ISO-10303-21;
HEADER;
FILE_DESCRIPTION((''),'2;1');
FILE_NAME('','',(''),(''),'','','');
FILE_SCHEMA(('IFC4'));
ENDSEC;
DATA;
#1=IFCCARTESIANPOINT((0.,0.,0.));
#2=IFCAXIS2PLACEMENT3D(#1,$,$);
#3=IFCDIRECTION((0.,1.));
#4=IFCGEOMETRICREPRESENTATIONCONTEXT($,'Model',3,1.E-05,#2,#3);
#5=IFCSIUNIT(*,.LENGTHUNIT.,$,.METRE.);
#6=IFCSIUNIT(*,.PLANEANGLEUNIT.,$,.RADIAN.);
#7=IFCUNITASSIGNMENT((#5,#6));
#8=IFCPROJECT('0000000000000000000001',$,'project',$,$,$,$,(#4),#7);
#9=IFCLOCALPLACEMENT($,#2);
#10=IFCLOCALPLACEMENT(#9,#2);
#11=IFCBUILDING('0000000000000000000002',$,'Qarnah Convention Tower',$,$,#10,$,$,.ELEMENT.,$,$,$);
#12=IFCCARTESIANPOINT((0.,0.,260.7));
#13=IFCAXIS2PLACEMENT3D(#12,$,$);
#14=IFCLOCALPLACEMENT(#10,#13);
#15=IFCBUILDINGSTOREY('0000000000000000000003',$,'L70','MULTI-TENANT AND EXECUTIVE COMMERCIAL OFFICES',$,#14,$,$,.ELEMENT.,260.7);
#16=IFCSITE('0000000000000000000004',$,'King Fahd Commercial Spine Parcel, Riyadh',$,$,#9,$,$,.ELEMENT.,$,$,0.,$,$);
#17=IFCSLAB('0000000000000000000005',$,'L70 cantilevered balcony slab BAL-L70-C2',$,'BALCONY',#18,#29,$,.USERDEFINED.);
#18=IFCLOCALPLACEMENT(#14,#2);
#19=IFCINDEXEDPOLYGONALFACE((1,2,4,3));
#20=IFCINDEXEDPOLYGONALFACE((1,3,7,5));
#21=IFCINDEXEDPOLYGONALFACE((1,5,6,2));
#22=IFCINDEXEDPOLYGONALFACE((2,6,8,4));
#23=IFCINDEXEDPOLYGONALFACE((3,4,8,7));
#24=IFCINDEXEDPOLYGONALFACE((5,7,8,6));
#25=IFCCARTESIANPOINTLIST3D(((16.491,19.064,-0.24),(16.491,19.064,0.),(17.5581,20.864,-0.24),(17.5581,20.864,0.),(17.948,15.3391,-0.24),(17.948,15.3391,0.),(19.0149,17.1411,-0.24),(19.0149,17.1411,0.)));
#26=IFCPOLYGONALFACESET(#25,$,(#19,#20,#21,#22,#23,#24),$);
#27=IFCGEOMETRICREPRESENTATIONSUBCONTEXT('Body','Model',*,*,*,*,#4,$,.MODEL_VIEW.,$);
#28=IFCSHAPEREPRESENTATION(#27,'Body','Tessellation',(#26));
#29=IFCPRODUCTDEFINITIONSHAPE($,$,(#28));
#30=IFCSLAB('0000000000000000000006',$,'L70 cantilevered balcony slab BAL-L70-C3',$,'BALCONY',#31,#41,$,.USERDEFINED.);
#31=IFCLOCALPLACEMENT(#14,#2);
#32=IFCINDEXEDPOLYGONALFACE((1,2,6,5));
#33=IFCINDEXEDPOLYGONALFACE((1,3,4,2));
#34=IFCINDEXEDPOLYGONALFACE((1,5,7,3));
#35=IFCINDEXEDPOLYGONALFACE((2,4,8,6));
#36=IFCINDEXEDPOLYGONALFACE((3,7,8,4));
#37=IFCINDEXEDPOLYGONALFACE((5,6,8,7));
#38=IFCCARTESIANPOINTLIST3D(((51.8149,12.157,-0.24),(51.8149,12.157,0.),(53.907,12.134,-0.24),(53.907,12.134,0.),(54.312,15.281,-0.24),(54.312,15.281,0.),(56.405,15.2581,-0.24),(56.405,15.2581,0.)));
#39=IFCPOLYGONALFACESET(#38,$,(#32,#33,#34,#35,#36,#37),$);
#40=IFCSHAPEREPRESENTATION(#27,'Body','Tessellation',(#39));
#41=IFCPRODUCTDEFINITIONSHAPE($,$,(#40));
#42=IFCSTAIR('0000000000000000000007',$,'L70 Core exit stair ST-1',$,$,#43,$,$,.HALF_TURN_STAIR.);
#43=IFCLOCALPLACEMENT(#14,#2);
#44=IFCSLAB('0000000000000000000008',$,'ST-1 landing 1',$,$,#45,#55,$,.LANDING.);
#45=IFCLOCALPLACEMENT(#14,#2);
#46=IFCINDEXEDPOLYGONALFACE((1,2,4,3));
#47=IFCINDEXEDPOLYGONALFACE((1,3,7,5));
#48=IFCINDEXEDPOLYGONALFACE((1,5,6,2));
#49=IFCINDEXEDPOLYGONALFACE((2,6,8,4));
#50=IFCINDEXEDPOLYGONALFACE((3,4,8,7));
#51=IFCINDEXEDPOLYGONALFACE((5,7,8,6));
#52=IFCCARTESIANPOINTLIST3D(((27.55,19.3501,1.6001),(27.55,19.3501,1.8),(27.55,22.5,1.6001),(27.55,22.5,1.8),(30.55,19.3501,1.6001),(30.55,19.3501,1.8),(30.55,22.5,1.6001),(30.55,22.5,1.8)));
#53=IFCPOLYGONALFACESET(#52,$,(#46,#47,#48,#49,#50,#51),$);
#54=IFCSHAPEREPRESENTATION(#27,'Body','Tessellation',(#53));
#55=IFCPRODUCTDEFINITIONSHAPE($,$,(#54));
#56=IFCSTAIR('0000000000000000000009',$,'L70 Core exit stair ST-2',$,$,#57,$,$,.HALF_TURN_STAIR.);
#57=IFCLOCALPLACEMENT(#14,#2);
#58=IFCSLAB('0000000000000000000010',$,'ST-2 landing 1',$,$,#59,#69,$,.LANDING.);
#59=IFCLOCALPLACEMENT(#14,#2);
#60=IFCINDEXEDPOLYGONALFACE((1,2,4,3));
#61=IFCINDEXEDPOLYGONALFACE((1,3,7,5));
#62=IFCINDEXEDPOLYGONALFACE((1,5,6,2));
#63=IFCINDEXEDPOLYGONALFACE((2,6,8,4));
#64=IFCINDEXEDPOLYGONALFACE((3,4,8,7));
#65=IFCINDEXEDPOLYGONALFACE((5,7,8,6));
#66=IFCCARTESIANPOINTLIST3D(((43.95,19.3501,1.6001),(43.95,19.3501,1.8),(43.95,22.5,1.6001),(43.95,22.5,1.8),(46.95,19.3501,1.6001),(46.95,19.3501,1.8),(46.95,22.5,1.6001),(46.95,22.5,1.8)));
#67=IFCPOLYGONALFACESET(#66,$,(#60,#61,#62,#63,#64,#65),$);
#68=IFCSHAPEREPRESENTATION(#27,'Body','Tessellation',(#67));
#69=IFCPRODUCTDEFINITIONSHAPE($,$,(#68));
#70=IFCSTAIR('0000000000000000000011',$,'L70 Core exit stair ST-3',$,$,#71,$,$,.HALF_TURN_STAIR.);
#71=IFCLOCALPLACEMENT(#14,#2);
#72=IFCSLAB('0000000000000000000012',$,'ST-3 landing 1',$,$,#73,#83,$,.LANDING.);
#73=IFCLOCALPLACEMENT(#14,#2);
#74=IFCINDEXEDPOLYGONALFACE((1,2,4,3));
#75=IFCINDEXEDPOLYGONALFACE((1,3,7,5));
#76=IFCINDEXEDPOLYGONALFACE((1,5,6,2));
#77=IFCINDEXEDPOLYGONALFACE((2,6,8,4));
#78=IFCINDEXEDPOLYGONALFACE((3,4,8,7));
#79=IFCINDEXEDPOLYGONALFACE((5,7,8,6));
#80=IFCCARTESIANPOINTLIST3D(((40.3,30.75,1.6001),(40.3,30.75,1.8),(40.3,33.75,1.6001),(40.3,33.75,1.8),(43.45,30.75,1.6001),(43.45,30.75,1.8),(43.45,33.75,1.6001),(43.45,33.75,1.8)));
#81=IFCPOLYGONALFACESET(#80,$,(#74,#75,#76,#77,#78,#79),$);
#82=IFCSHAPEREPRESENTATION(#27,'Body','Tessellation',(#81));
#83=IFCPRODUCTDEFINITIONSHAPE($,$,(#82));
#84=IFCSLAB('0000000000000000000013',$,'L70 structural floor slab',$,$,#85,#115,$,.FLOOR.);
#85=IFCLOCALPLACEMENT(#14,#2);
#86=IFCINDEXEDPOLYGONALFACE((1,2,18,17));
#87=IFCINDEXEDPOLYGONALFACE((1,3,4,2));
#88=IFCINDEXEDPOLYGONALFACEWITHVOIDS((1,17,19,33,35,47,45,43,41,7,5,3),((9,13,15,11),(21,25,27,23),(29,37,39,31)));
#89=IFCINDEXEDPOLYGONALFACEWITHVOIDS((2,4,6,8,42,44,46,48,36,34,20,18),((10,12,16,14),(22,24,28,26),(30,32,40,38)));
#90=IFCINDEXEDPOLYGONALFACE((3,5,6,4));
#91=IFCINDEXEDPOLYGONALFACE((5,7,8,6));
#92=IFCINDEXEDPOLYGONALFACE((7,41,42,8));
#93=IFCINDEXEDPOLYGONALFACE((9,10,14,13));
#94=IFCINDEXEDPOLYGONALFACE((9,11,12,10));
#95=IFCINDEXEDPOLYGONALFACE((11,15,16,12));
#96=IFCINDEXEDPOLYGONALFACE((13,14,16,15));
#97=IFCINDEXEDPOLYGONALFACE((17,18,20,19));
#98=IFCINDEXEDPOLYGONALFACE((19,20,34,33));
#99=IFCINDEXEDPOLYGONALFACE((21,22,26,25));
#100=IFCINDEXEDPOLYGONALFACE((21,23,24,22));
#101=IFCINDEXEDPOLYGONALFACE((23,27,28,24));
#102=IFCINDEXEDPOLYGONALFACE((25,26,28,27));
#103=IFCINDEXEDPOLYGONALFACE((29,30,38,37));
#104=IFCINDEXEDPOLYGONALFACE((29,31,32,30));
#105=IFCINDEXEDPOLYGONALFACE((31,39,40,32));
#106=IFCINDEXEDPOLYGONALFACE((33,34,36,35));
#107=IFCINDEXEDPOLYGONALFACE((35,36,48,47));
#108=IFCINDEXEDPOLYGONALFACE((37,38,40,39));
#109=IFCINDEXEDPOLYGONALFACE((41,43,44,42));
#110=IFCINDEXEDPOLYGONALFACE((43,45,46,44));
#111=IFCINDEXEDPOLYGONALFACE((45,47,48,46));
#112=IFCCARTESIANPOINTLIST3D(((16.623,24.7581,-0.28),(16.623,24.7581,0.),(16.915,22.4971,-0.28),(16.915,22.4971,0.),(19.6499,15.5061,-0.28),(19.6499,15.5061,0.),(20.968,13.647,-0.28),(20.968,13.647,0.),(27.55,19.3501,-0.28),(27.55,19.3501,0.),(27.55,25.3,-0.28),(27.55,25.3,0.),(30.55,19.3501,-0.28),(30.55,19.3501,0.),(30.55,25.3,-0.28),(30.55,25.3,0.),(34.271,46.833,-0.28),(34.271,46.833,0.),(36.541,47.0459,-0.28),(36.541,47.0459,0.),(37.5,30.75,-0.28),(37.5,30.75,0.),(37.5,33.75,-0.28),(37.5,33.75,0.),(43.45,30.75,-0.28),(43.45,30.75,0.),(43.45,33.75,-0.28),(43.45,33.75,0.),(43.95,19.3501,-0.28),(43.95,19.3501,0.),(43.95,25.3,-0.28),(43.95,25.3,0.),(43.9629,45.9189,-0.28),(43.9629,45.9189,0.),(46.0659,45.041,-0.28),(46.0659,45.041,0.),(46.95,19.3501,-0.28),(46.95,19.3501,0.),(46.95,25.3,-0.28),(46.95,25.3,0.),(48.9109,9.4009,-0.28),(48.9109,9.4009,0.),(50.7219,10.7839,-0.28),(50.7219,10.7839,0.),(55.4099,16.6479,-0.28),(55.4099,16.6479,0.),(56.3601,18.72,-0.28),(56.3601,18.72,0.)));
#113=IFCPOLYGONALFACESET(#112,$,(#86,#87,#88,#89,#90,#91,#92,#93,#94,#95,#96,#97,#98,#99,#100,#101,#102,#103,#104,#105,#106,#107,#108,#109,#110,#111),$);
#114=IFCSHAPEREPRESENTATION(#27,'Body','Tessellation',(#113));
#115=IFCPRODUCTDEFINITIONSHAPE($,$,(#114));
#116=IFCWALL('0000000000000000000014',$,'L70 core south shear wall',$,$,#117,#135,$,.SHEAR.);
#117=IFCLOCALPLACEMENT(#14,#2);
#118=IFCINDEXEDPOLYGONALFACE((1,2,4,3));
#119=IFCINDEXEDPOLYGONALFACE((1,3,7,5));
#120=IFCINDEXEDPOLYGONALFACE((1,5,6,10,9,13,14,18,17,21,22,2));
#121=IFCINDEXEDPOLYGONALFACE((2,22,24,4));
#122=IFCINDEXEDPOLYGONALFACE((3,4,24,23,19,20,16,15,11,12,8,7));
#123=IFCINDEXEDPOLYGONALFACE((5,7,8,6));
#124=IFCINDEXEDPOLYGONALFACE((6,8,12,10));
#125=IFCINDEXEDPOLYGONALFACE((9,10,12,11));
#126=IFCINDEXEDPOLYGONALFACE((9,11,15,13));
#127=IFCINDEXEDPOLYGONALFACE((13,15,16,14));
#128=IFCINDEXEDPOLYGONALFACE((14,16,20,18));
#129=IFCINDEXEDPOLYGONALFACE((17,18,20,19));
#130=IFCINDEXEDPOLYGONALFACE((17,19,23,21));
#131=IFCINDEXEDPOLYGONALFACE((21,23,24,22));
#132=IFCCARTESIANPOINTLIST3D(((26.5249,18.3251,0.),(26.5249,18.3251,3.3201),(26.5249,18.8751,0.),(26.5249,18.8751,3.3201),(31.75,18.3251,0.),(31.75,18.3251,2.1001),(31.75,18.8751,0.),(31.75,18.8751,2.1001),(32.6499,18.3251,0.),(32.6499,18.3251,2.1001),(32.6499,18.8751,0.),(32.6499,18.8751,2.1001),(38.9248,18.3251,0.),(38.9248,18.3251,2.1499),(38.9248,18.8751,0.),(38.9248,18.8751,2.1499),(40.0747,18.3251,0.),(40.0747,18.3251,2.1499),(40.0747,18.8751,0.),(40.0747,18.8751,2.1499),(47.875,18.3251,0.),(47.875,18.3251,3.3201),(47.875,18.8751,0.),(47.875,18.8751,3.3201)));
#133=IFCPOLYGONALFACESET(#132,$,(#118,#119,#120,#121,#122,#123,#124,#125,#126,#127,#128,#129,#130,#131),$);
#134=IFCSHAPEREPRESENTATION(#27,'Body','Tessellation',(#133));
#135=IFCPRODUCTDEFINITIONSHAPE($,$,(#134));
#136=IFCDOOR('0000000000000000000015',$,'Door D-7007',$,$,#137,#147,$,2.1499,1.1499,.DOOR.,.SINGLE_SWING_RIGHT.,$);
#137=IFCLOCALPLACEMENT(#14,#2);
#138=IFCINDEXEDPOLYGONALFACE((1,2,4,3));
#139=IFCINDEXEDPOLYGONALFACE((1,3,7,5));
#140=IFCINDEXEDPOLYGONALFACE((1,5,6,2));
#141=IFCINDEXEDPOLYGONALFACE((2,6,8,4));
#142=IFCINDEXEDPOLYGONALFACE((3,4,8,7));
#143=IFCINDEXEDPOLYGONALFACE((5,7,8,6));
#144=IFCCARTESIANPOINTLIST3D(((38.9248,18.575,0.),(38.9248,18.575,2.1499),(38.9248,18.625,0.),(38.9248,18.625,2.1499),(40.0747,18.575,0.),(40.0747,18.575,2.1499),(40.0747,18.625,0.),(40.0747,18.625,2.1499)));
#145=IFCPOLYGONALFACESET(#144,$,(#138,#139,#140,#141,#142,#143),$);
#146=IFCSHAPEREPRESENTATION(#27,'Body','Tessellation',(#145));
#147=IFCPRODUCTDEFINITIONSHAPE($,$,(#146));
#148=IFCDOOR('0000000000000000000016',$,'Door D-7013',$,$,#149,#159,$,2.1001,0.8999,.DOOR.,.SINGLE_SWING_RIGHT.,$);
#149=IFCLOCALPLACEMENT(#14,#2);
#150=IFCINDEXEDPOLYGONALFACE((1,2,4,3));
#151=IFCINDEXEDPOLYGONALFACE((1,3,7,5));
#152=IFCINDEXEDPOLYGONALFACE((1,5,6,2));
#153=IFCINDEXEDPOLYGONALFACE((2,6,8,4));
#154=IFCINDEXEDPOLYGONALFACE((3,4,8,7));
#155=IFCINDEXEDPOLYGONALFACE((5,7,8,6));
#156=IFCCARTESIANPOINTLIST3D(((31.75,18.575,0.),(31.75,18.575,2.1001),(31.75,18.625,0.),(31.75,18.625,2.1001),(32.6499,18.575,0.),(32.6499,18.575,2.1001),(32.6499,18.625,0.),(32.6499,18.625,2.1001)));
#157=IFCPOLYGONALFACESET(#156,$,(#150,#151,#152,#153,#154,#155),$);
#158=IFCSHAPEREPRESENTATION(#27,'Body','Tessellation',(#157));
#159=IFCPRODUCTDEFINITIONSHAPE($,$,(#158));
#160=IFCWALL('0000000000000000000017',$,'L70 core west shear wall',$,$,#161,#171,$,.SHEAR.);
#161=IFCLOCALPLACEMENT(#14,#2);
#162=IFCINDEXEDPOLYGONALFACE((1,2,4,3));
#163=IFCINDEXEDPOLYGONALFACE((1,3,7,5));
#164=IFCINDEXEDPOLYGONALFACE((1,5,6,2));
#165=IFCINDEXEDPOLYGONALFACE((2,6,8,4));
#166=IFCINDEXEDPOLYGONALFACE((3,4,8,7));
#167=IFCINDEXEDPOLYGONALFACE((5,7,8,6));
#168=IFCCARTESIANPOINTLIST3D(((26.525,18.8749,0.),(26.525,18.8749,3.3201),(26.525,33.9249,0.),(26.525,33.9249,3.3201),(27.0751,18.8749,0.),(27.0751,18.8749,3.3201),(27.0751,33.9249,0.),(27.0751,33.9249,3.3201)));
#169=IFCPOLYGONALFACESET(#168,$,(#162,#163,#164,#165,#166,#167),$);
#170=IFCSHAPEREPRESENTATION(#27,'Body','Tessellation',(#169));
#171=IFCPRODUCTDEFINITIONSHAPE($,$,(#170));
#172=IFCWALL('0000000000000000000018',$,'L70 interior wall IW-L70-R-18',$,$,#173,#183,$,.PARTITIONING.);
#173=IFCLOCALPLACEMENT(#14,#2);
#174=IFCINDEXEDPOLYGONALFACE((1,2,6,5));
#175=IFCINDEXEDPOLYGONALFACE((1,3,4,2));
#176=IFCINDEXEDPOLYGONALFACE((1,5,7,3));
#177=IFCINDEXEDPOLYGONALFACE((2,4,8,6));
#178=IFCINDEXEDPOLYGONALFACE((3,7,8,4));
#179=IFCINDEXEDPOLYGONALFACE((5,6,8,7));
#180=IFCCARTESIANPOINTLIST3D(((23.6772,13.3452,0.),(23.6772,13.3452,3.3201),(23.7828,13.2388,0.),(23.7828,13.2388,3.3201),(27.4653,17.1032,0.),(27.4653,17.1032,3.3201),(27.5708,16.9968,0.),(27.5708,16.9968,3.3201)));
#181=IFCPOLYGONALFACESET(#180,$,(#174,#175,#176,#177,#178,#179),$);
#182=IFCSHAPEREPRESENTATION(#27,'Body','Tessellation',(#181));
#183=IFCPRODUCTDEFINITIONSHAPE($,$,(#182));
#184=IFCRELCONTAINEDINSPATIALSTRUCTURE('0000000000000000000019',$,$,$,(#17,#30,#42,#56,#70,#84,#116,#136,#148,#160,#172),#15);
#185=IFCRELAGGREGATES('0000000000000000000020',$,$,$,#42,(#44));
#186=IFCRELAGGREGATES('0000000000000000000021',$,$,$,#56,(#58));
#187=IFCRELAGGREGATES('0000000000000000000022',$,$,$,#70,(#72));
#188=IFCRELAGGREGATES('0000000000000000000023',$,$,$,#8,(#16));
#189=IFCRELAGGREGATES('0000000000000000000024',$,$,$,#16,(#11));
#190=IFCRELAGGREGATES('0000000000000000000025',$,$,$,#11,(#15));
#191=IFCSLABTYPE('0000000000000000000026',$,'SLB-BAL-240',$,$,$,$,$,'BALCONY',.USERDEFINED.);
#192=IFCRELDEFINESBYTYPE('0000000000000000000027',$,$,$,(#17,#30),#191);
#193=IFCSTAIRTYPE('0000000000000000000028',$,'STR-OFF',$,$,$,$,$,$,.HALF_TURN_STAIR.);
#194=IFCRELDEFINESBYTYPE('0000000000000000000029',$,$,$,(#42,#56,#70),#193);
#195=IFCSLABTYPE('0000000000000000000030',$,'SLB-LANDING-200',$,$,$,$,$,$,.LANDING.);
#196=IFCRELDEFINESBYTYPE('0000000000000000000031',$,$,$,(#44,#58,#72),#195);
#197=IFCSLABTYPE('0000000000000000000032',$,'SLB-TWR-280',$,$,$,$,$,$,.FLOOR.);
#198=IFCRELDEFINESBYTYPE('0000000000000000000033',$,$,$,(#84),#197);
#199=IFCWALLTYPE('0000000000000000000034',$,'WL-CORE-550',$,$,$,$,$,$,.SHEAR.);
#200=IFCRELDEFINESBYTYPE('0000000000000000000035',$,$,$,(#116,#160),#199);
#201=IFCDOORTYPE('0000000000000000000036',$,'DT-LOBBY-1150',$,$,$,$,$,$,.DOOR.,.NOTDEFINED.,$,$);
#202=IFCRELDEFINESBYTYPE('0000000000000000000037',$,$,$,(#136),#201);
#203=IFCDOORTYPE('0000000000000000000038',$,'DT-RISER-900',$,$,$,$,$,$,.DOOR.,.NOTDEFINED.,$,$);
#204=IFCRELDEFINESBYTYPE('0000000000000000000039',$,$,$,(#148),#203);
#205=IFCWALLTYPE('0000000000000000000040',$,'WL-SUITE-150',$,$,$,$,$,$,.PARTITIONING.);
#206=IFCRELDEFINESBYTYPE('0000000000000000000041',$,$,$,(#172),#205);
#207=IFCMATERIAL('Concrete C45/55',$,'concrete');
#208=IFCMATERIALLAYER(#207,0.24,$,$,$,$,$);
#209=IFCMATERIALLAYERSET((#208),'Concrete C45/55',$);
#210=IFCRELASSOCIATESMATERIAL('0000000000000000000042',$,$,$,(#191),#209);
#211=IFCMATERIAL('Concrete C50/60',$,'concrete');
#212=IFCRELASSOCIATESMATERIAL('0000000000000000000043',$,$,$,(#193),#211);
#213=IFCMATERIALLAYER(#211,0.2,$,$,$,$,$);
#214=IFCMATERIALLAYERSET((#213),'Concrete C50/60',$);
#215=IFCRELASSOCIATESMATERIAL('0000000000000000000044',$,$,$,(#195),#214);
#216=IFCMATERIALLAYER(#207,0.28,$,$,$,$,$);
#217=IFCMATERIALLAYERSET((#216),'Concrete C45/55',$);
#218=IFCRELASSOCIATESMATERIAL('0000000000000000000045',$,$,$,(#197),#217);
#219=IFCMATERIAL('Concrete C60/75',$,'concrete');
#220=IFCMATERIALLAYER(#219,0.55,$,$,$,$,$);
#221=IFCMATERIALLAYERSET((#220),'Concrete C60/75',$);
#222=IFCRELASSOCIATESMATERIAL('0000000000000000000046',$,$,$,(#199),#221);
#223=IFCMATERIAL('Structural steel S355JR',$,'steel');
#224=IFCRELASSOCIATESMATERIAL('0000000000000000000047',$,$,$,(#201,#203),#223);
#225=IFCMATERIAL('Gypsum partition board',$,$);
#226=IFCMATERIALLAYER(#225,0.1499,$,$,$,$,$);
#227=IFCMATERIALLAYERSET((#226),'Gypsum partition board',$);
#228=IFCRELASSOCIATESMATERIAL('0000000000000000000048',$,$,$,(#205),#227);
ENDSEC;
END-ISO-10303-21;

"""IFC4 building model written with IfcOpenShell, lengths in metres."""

from ifc_helpers import new_model, si_unit, direction, frame, frame_2d, origin, place, context, subcontext, project, spatial, polyline, rectangle, outline, extrude, material, layer, layer_set, type_object, element, fill, aggregate, save


model = new_model("IFC4")

# Units and contexts
model_context = context("Model", 3, precision=1e-05, world=origin(), true_north=direction((0.0, 1.0)))
body_context = subcontext(model_context, "Body", "Model", "MODEL_VIEW")
ifc_project = project(units=[si_unit("LENGTHUNIT", "METRE"), si_unit("PLANEANGLEUNIT", "RADIAN")], contexts=[model_context])

# Site, building, storey
site_placement = place(None, origin())
site = spatial("IfcSite", under=ifc_project, at=site_placement, Name="King Fahd Commercial Spine Parcel, Riyadh", CompositionType="ELEMENT", RefElevation=0.0)
building_placement = place(site_placement, origin())
building = spatial("IfcBuilding", under=site, at=building_placement, Name="Qarnah Convention Tower", CompositionType="ELEMENT")
storey_placement = place(building_placement, frame((0.0, 0.0, 260.7)))
storey = spatial("IfcBuildingStorey", under=building, at=storey_placement, Name="L70", Description="MULTI-TENANT AND EXECUTIVE COMMERCIAL OFFICES", CompositionType="ELEMENT", Elevation=260.7)

# Shared definitions
ifc_material_1 = material(Name="Concrete C50/60", Category="concrete")

# Shared definitions
ifc_material_2 = material(Name="Structural steel S355JR", Category="steel")

# Slabs
ifc_material_3 = material(Name="Concrete C45/55", Category="concrete")
ifc_layer_1 = layer(ifc_material_3, 0.24)
ifc_layer_set_1 = layer_set([ifc_layer_1], Name="Concrete C45/55")
slab_type_1 = type_object("IfcSlabType", Name="SLB-BAL-240", ElementType="BALCONY", PredefinedType="USERDEFINED", material=ifc_layer_set_1)
slab_1_placement = place(storey_placement, frame((0.0, 0.0, -0.24)))
element("IfcSlab", 1, at=slab_1_placement, inside=storey, type_object=slab_type_1, Name="L70 cantilevered balcony slab BAL-L70-C2", ObjectType="BALCONY", PredefinedType="USERDEFINED", context=body_context, shape_type="SweptSolid", body=[
    extrude(outline(polyline([(17.948, 15.3391), (16.491, 19.064), (17.5581, 20.864), (19.0149, 17.1411), (17.948, 15.3391)])), origin(), (0.0, 0.0, 1.0), 0.24),
])
slab_2_placement = place(storey_placement, frame((0.0, 0.0, -0.24)))
element("IfcSlab", 2, at=slab_2_placement, inside=storey, type_object=slab_type_1, Name="L70 cantilevered balcony slab BAL-L70-C3", ObjectType="BALCONY", PredefinedType="USERDEFINED", context=body_context, shape_type="SweptSolid", body=[
    extrude(outline(polyline([(56.405, 15.2581), (53.907, 12.134), (51.8149, 12.157), (54.312, 15.281), (56.405, 15.2581)])), origin(), (0.0, 0.0, 1.0), 0.24),
])

# Stairs, slabs
stair_type = type_object("IfcStairType", Name="STR-OFF", PredefinedType="HALF_TURN_STAIR", material=ifc_material_1)
stair_1_placement = place(storey_placement, origin())
stair_1 = element("IfcStair", 3, at=stair_1_placement, inside=storey, type_object=stair_type, Name="L70 Core exit stair ST-1", PredefinedType="HALF_TURN_STAIR")
ifc_layer_2 = layer(ifc_material_1, 0.2)
ifc_layer_set_2 = layer_set([ifc_layer_2], Name="Concrete C50/60")
slab_type_2 = type_object("IfcSlabType", Name="SLB-LANDING-200", PredefinedType="LANDING", material=ifc_layer_set_2)
slab_3_placement = place(storey_placement, frame((0.0, 0.0, 1.6001)))
slab_3 = element("IfcSlab", 4, at=slab_3_placement, type_object=slab_type_2, Name="ST-1 landing 1", PredefinedType="LANDING", context=body_context, shape_type="SweptSolid", body=[
    extrude(outline(polyline([(27.55, 22.5), (27.55, 19.3501), (30.55, 19.3501), (30.55, 22.5), (27.55, 22.5)])), origin(), (0.0, 0.0, 1.0), 0.2),
])
aggregate(stair_1, [slab_3])
stair_2_placement = place(storey_placement, origin())
stair_2 = element("IfcStair", 5, at=stair_2_placement, inside=storey, type_object=stair_type, Name="L70 Core exit stair ST-2", PredefinedType="HALF_TURN_STAIR")
slab_4_placement = place(storey_placement, frame((0.0, 0.0, 1.6001)))
slab_4 = element("IfcSlab", 6, at=slab_4_placement, type_object=slab_type_2, Name="ST-2 landing 1", PredefinedType="LANDING", context=body_context, shape_type="SweptSolid", body=[
    extrude(outline(polyline([(43.95, 22.5), (43.95, 19.3501), (46.95, 19.3501), (46.95, 22.5), (43.95, 22.5)])), origin(), (0.0, 0.0, 1.0), 0.2),
])
aggregate(stair_2, [slab_4])
stair_3_placement = place(storey_placement, origin())
stair_3 = element("IfcStair", 7, at=stair_3_placement, inside=storey, type_object=stair_type, Name="L70 Core exit stair ST-3", PredefinedType="HALF_TURN_STAIR")
slab_5_placement = place(storey_placement, frame((0.0, 0.0, 1.6001)))
slab_5 = element("IfcSlab", 8, at=slab_5_placement, type_object=slab_type_2, Name="ST-3 landing 1", PredefinedType="LANDING", context=body_context, shape_type="SweptSolid", body=[
    extrude(outline(polyline([(40.3, 30.75), (43.45, 30.75), (43.45, 33.75), (40.3, 33.75), (40.3, 30.75)])), origin(), (0.0, 0.0, 1.0), 0.2),
])
aggregate(stair_3, [slab_5])

# Slab
ifc_layer_3 = layer(ifc_material_3, 0.28)
ifc_layer_set_3 = layer_set([ifc_layer_3], Name="Concrete C45/55")
slab_type_3 = type_object("IfcSlabType", Name="SLB-TWR-280", PredefinedType="FLOOR", material=ifc_layer_set_3)
slab_6_placement = place(storey_placement, frame((0.0, 0.0, -0.28)))
element("IfcSlab", 9, at=slab_6_placement, inside=storey, type_object=slab_type_3, Name="L70 structural floor slab", PredefinedType="FLOOR", context=body_context, shape_type="SweptSolid", body=[
    extrude(outline(polyline([(34.271, 46.833), (16.623, 24.7581), (16.915, 22.4971), (19.6499, 15.5061), (20.968, 13.647), (48.9109, 9.4009), (50.7219, 10.7839), (55.4099, 16.6479), (56.3601, 18.72), (46.0659, 45.041), (43.9629, 45.9189), (36.541, 47.0459), (34.271, 46.833)]), holes=[polyline([(27.55, 25.3), (27.55, 19.3501), (30.55, 19.3501), (30.55, 25.3), (27.55, 25.3)]), polyline([(43.95, 25.3), (43.95, 19.3501), (46.95, 19.3501), (46.95, 25.3), (43.95, 25.3)]), polyline([(37.5, 30.75), (43.45, 30.75), (43.45, 33.75), (37.5, 33.75), (37.5, 30.75)])]), origin(), (0.0, 0.0, 1.0), 0.28),
])

# Wall, openings, doors
ifc_material_4 = material(Name="Concrete C60/75", Category="concrete")
ifc_layer_4 = layer(ifc_material_4, 0.55)
ifc_layer_set_4 = layer_set([ifc_layer_4], Name="Concrete C60/75")
wall_type_1 = type_object("IfcWallType", Name="WL-CORE-550", PredefinedType="SHEAR", material=ifc_layer_set_4)
wall_1_placement = place(storey_placement, frame((26.5249, 18.6001, 0.0), z_axis=(0.0, 0.0, 1.0), x_axis=(1.0, 0.0, 0.0)))
wall_1 = element("IfcWall", 10, at=wall_1_placement, inside=storey, type_object=wall_type_1, Name="L70 core south shear wall", PredefinedType="SHEAR", context=body_context, shape_type="SweptSolid", body=[
    extrude(rectangle(XDim=21.3501, YDim=0.55, at=frame_2d((10.675, 0.0))), origin(), (0.0, 0.0, 1.0), 3.3201),
])
opening_1_placement = place(wall_1_placement, frame((12.3999, 0.0, 0.0)))
opening_1 = element("IfcOpeningElement", 11, at=opening_1_placement, cuts=wall_1, PredefinedType="OPENING", context=body_context, shape_type="SweptSolid", body=[
    extrude(rectangle(XDim=1.1499, YDim=2.1499, at=frame_2d((0.575, 1.075))), frame((0.0, 0.2849, 0.0), z_axis=(0.0, -1.0, 0.0), x_axis=(1.0, 0.0, 0.0)), (0.0, 0.0, 1.0), 0.5701),
])
opening_2_placement = place(wall_1_placement, frame((5.2251, 0.0, 0.0)))
opening_2 = element("IfcOpeningElement", 12, at=opening_2_placement, cuts=wall_1, PredefinedType="OPENING", context=body_context, shape_type="SweptSolid", body=[
    extrude(rectangle(XDim=0.8999, YDim=2.1001, at=frame_2d((0.45, 1.05))), frame((0.0, 0.2849, 0.0), z_axis=(0.0, -1.0, 0.0), x_axis=(1.0, 0.0, 0.0)), (0.0, 0.0, 1.0), 0.5701),
])
door_type_1 = type_object("IfcDoorType", Name="DT-LOBBY-1150", OperationType="NOTDEFINED", PredefinedType="DOOR", material=ifc_material_2)
door_1_placement = place(opening_1_placement, origin())
door_1 = element("IfcDoor", 13, at=door_1_placement, inside=storey, type_object=door_type_1, Name="Door D-7007", OperationType="SINGLE_SWING_RIGHT", OverallHeight=2.1499, OverallWidth=1.1499, PredefinedType="DOOR", context=body_context, shape_type="SweptSolid", body=[
    extrude(rectangle(XDim=1.1499, YDim=2.1499, at=frame_2d((0.575, 1.075))), frame((0.0, 0.0249, 0.0), z_axis=(0.0, -1.0, 0.0), x_axis=(1.0, 0.0, 0.0)), (0.0, 0.0, 1.0), 0.05),
])
fill(opening_1, door_1)
door_type_2 = type_object("IfcDoorType", Name="DT-RISER-900", OperationType="NOTDEFINED", PredefinedType="DOOR", material=ifc_material_2)
door_2_placement = place(opening_2_placement, origin())
door_2 = element("IfcDoor", 14, at=door_2_placement, inside=storey, type_object=door_type_2, Name="Door D-7013", OperationType="SINGLE_SWING_RIGHT", OverallHeight=2.1001, OverallWidth=0.8999, PredefinedType="DOOR", context=body_context, shape_type="SweptSolid", body=[
    extrude(rectangle(XDim=0.8999, YDim=2.1001, at=frame_2d((0.45, 1.05))), frame((0.0, 0.0249, 0.0), z_axis=(0.0, -1.0, 0.0), x_axis=(1.0, 0.0, 0.0)), (0.0, 0.0, 1.0), 0.05),
])
fill(opening_2, door_2)

# Wall
wall_2_placement = place(storey_placement, frame((26.8, 18.875, 0.0), z_axis=(0.0, 0.0, 1.0), x_axis=(0.0, 1.0, 0.0)))
element("IfcWall", 15, at=wall_2_placement, inside=storey, type_object=wall_type_1, Name="L70 core west shear wall", PredefinedType="SHEAR", context=body_context, shape_type="SweptSolid", body=[
    extrude(rectangle(XDim=15.05, YDim=0.55, at=frame_2d((7.5249, 0.0))), origin(), (0.0, 0.0, 1.0), 3.3201),
])

# Wall
ifc_material_5 = material(Name="Gypsum partition board")
ifc_layer_5 = layer(ifc_material_5, 0.1499)
ifc_layer_set_5 = layer_set([ifc_layer_5], Name="Gypsum partition board")
wall_type_2 = type_object("IfcWallType", Name="WL-SUITE-150", PredefinedType="PARTITIONING", material=ifc_layer_set_5)
wall_3_placement = place(storey_placement, frame((23.73, 13.292, 0.0), z_axis=(0.0, 0.0, 1.0), x_axis=(0.709915, 0.704287, 0.0)))
element("IfcWall", 16, at=wall_3_placement, inside=storey, type_object=wall_type_2, Name="L70 interior wall IW-L70-R-18", PredefinedType="PARTITIONING", context=body_context, shape_type="SweptSolid", body=[
    extrude(rectangle(XDim=5.3359, YDim=0.1499, at=frame_2d((2.668, 0.0))), origin(), (0.0, 0.0, 1.0), 3.3201),
])

save(model, "model.ifc")
